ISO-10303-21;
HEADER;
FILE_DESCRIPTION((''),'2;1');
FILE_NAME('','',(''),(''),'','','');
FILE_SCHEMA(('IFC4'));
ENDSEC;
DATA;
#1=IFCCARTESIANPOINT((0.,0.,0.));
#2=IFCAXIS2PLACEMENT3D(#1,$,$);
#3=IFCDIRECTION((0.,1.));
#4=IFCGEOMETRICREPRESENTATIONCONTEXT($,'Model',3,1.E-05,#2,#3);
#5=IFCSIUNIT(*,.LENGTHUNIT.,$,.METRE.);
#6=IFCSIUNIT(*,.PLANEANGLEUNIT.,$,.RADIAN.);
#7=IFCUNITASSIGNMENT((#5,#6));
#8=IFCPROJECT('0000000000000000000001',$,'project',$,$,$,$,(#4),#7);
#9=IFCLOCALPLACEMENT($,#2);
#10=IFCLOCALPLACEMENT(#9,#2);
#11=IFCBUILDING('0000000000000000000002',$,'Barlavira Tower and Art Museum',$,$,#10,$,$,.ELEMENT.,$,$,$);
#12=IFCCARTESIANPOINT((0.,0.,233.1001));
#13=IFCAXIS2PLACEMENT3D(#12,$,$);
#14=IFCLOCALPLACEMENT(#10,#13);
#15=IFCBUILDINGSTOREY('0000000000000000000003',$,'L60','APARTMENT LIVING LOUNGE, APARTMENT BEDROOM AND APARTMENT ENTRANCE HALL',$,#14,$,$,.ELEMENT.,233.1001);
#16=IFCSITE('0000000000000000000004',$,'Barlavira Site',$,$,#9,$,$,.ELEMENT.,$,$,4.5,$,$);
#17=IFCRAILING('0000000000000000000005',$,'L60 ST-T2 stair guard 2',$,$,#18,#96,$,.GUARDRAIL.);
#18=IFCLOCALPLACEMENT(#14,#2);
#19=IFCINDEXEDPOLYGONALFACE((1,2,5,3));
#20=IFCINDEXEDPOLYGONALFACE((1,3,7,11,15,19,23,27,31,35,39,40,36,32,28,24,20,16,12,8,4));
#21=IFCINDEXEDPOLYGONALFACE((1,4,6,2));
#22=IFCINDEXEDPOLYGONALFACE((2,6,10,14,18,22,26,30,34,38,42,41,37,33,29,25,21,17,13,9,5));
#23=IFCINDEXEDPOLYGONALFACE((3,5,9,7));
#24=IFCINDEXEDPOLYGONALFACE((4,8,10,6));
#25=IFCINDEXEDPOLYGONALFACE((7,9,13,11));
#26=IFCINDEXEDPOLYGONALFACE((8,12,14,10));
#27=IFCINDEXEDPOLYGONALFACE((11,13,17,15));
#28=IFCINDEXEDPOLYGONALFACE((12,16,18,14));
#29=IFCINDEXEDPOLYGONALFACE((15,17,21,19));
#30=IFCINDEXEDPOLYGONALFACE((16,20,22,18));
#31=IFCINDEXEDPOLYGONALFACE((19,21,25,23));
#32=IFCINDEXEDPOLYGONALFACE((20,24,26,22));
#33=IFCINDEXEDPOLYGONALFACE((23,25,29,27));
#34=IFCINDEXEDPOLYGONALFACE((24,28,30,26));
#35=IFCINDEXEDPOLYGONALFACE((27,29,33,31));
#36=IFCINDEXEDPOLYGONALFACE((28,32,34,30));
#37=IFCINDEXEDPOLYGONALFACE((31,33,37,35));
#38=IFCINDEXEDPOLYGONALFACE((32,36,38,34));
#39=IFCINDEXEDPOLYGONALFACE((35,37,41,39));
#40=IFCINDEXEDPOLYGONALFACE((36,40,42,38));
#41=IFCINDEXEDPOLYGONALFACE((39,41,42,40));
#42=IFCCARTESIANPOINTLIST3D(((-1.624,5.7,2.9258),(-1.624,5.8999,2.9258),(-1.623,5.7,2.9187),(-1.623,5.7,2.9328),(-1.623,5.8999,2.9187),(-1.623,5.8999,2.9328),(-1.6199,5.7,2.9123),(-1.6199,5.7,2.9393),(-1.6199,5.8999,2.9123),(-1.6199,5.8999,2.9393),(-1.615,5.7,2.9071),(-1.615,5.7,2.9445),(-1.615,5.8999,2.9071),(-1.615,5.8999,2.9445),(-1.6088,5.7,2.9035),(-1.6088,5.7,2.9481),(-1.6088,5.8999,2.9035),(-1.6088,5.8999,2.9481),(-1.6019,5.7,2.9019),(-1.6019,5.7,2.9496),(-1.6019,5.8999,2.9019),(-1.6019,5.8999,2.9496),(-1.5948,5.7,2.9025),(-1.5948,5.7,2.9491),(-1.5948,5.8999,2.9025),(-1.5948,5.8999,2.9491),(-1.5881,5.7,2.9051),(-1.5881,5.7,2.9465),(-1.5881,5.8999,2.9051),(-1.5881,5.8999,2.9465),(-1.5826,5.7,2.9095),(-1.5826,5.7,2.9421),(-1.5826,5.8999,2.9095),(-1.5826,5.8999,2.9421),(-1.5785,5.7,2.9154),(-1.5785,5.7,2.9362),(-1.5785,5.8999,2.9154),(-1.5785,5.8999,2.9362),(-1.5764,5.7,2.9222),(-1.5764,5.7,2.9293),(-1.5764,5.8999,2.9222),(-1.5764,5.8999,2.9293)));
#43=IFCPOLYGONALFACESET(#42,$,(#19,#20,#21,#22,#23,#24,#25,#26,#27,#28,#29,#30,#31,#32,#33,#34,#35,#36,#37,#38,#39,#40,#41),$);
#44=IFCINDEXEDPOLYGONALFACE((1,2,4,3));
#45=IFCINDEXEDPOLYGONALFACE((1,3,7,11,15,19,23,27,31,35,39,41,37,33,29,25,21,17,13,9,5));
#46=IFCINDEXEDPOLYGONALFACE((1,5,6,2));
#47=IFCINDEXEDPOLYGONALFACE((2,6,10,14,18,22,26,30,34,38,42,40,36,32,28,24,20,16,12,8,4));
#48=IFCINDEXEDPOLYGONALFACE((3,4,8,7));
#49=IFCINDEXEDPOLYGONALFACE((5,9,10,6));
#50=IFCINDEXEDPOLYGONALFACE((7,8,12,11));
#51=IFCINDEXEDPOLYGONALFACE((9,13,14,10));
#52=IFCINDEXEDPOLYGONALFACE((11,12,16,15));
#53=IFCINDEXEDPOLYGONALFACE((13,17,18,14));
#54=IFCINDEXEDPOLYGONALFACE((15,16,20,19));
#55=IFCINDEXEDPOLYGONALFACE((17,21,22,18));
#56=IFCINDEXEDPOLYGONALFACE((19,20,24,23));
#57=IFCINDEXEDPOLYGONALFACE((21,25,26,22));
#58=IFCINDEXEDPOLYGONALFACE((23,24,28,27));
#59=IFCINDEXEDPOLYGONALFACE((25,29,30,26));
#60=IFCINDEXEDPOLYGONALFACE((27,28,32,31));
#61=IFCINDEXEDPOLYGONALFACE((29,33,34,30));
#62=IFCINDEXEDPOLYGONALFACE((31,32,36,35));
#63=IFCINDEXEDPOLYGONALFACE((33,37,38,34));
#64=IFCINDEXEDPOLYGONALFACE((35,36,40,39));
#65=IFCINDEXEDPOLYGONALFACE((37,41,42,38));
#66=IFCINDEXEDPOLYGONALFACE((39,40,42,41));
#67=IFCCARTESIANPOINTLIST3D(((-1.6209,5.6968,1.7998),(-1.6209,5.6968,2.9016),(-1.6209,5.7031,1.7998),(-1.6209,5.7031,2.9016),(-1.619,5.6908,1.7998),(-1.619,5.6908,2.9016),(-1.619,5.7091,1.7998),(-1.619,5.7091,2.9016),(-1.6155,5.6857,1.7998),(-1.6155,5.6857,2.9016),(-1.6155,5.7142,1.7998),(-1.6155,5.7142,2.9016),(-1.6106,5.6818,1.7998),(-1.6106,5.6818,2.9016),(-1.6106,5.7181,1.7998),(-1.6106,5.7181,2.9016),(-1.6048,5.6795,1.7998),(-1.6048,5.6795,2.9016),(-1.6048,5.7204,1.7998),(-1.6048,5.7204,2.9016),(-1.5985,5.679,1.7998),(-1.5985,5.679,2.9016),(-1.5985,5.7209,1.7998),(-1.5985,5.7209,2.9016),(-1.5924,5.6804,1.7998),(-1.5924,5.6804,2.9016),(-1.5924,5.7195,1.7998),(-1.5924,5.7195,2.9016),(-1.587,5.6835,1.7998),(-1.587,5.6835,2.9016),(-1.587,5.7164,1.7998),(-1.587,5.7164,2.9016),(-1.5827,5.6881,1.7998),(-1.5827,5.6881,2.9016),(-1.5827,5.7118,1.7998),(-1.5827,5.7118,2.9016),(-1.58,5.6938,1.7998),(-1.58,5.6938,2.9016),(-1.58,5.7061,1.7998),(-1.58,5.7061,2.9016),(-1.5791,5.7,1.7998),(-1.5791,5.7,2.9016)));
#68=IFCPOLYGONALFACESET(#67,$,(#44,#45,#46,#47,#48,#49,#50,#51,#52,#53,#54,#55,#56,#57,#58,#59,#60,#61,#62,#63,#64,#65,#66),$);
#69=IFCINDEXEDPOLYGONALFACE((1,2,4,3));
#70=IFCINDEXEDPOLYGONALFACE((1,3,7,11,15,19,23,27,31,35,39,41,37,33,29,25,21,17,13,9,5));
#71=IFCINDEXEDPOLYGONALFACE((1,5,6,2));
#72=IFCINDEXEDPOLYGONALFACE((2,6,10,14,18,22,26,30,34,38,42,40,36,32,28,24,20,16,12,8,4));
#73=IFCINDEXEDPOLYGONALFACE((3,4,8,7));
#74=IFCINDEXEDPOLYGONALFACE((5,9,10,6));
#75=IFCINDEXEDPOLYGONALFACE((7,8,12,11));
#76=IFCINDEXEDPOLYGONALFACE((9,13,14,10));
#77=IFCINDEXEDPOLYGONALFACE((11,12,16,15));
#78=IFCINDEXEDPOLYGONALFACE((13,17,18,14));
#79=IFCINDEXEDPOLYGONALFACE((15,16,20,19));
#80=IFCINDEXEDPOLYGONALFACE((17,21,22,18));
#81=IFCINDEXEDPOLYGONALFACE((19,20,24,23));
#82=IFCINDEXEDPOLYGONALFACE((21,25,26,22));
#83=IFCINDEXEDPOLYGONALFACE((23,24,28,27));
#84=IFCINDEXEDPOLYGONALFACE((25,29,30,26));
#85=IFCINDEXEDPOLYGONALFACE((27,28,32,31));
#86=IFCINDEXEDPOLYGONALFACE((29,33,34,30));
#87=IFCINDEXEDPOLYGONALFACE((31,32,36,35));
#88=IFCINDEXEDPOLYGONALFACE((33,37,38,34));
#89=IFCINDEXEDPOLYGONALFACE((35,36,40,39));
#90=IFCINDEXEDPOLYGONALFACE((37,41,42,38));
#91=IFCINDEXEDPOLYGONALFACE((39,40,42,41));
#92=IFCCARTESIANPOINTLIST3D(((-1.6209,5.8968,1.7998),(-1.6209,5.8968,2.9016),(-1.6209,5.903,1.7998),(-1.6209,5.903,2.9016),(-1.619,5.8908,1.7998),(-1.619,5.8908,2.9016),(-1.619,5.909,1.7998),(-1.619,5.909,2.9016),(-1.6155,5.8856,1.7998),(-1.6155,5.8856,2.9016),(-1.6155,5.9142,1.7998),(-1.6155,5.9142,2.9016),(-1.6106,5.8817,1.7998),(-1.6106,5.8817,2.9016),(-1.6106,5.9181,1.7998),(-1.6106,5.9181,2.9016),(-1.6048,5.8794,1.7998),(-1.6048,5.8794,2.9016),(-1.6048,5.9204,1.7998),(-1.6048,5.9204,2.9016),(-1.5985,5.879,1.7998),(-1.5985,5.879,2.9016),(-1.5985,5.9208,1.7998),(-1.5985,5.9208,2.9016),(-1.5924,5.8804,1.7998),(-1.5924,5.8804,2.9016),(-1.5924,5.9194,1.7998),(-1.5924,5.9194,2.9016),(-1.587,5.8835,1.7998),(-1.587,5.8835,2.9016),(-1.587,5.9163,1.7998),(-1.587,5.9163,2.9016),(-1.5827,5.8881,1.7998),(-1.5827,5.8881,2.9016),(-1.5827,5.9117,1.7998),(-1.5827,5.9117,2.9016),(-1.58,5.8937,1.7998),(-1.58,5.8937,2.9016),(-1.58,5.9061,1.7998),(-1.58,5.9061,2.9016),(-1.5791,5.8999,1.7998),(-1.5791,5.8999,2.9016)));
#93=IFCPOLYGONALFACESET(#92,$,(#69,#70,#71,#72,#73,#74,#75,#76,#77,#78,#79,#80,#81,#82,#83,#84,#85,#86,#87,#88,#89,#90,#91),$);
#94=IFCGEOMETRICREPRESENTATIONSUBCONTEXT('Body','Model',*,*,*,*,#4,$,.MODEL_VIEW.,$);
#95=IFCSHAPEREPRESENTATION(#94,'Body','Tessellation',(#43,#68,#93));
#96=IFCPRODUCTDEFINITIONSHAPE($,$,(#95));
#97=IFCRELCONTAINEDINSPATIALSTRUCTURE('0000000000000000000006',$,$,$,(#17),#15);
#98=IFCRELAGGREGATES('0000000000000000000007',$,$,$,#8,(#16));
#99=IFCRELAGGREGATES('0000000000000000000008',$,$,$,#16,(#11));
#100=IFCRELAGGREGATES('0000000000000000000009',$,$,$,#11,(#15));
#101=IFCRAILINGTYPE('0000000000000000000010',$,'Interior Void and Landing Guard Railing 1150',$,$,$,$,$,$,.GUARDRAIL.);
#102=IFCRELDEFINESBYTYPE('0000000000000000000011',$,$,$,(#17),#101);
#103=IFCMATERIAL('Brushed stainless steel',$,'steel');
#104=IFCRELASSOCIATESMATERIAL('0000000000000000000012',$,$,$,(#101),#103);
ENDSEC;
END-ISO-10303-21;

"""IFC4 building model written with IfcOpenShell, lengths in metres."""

from ifc_helpers import new_model, si_unit, direction, frame, origin, origin_2d, place, context, subcontext, project, spatial, circle, extrude, material, type_object, element, save


model = new_model("IFC4")

# Units and contexts
model_context = context("Model", 3, precision=1e-05, world=origin(), true_north=direction((0.0, 1.0)))
body_context = subcontext(model_context, "Body", "Model", "MODEL_VIEW")
ifc_project = project(units=[si_unit("LENGTHUNIT", "METRE"), si_unit("PLANEANGLEUNIT", "RADIAN")], contexts=[model_context])

# Site, building, storey
site_placement = place(None, origin())
site = spatial("IfcSite", under=ifc_project, at=site_placement, Name="Barlavira Site", CompositionType="ELEMENT", RefElevation=4.5)
building_placement = place(site_placement, origin())
building = spatial("IfcBuilding", under=site, at=building_placement, Name="Barlavira Tower and Art Museum", CompositionType="ELEMENT")
storey_placement = place(building_placement, frame((0.0, 0.0, 233.1001)))
storey = spatial("IfcBuildingStorey", under=building, at=storey_placement, Name="L60", Description="APARTMENT LIVING LOUNGE, APARTMENT BEDROOM AND APARTMENT ENTRANCE HALL", CompositionType="ELEMENT", Elevation=233.1001)

# Shared definitions
ifc_material_1 = material(Name="Brushed stainless steel", Category="steel")

# Railing
railing_type_1 = type_object("IfcRailingType", Name="Interior Void and Landing Guard Railing 1150", PredefinedType="GUARDRAIL", material=ifc_material_1)
railing_1_placement = place(storey_placement, frame((-1.6001, 5.7, 1.7998)))
element("IfcRailing", 1, at=railing_1_placement, inside=storey, type_object=railing_type_1, Name="L60 ST-T2 stair guard 2", PredefinedType="GUARDRAIL", context=body_context, shape_type="SweptSolid", body=[
    extrude(circle(Radius=0.0239, at=origin_2d()), frame((0.0, 0.0, 1.126), z_axis=(0.0, 1.0, 0.0), x_axis=(-1.0, 0.0, 0.0)), (0.0, 0.0, 1.0), 0.2),
    extrude(circle(Radius=0.021, at=origin_2d()), origin(), (0.0, 0.0, 1.0), 1.1018),
    extrude(circle(Radius=0.021, at=origin_2d()), frame((0.0, 0.2, 0.0)), (0.0, 0.0, 1.0), 1.1018),
])

save(model, "model.ifc")
